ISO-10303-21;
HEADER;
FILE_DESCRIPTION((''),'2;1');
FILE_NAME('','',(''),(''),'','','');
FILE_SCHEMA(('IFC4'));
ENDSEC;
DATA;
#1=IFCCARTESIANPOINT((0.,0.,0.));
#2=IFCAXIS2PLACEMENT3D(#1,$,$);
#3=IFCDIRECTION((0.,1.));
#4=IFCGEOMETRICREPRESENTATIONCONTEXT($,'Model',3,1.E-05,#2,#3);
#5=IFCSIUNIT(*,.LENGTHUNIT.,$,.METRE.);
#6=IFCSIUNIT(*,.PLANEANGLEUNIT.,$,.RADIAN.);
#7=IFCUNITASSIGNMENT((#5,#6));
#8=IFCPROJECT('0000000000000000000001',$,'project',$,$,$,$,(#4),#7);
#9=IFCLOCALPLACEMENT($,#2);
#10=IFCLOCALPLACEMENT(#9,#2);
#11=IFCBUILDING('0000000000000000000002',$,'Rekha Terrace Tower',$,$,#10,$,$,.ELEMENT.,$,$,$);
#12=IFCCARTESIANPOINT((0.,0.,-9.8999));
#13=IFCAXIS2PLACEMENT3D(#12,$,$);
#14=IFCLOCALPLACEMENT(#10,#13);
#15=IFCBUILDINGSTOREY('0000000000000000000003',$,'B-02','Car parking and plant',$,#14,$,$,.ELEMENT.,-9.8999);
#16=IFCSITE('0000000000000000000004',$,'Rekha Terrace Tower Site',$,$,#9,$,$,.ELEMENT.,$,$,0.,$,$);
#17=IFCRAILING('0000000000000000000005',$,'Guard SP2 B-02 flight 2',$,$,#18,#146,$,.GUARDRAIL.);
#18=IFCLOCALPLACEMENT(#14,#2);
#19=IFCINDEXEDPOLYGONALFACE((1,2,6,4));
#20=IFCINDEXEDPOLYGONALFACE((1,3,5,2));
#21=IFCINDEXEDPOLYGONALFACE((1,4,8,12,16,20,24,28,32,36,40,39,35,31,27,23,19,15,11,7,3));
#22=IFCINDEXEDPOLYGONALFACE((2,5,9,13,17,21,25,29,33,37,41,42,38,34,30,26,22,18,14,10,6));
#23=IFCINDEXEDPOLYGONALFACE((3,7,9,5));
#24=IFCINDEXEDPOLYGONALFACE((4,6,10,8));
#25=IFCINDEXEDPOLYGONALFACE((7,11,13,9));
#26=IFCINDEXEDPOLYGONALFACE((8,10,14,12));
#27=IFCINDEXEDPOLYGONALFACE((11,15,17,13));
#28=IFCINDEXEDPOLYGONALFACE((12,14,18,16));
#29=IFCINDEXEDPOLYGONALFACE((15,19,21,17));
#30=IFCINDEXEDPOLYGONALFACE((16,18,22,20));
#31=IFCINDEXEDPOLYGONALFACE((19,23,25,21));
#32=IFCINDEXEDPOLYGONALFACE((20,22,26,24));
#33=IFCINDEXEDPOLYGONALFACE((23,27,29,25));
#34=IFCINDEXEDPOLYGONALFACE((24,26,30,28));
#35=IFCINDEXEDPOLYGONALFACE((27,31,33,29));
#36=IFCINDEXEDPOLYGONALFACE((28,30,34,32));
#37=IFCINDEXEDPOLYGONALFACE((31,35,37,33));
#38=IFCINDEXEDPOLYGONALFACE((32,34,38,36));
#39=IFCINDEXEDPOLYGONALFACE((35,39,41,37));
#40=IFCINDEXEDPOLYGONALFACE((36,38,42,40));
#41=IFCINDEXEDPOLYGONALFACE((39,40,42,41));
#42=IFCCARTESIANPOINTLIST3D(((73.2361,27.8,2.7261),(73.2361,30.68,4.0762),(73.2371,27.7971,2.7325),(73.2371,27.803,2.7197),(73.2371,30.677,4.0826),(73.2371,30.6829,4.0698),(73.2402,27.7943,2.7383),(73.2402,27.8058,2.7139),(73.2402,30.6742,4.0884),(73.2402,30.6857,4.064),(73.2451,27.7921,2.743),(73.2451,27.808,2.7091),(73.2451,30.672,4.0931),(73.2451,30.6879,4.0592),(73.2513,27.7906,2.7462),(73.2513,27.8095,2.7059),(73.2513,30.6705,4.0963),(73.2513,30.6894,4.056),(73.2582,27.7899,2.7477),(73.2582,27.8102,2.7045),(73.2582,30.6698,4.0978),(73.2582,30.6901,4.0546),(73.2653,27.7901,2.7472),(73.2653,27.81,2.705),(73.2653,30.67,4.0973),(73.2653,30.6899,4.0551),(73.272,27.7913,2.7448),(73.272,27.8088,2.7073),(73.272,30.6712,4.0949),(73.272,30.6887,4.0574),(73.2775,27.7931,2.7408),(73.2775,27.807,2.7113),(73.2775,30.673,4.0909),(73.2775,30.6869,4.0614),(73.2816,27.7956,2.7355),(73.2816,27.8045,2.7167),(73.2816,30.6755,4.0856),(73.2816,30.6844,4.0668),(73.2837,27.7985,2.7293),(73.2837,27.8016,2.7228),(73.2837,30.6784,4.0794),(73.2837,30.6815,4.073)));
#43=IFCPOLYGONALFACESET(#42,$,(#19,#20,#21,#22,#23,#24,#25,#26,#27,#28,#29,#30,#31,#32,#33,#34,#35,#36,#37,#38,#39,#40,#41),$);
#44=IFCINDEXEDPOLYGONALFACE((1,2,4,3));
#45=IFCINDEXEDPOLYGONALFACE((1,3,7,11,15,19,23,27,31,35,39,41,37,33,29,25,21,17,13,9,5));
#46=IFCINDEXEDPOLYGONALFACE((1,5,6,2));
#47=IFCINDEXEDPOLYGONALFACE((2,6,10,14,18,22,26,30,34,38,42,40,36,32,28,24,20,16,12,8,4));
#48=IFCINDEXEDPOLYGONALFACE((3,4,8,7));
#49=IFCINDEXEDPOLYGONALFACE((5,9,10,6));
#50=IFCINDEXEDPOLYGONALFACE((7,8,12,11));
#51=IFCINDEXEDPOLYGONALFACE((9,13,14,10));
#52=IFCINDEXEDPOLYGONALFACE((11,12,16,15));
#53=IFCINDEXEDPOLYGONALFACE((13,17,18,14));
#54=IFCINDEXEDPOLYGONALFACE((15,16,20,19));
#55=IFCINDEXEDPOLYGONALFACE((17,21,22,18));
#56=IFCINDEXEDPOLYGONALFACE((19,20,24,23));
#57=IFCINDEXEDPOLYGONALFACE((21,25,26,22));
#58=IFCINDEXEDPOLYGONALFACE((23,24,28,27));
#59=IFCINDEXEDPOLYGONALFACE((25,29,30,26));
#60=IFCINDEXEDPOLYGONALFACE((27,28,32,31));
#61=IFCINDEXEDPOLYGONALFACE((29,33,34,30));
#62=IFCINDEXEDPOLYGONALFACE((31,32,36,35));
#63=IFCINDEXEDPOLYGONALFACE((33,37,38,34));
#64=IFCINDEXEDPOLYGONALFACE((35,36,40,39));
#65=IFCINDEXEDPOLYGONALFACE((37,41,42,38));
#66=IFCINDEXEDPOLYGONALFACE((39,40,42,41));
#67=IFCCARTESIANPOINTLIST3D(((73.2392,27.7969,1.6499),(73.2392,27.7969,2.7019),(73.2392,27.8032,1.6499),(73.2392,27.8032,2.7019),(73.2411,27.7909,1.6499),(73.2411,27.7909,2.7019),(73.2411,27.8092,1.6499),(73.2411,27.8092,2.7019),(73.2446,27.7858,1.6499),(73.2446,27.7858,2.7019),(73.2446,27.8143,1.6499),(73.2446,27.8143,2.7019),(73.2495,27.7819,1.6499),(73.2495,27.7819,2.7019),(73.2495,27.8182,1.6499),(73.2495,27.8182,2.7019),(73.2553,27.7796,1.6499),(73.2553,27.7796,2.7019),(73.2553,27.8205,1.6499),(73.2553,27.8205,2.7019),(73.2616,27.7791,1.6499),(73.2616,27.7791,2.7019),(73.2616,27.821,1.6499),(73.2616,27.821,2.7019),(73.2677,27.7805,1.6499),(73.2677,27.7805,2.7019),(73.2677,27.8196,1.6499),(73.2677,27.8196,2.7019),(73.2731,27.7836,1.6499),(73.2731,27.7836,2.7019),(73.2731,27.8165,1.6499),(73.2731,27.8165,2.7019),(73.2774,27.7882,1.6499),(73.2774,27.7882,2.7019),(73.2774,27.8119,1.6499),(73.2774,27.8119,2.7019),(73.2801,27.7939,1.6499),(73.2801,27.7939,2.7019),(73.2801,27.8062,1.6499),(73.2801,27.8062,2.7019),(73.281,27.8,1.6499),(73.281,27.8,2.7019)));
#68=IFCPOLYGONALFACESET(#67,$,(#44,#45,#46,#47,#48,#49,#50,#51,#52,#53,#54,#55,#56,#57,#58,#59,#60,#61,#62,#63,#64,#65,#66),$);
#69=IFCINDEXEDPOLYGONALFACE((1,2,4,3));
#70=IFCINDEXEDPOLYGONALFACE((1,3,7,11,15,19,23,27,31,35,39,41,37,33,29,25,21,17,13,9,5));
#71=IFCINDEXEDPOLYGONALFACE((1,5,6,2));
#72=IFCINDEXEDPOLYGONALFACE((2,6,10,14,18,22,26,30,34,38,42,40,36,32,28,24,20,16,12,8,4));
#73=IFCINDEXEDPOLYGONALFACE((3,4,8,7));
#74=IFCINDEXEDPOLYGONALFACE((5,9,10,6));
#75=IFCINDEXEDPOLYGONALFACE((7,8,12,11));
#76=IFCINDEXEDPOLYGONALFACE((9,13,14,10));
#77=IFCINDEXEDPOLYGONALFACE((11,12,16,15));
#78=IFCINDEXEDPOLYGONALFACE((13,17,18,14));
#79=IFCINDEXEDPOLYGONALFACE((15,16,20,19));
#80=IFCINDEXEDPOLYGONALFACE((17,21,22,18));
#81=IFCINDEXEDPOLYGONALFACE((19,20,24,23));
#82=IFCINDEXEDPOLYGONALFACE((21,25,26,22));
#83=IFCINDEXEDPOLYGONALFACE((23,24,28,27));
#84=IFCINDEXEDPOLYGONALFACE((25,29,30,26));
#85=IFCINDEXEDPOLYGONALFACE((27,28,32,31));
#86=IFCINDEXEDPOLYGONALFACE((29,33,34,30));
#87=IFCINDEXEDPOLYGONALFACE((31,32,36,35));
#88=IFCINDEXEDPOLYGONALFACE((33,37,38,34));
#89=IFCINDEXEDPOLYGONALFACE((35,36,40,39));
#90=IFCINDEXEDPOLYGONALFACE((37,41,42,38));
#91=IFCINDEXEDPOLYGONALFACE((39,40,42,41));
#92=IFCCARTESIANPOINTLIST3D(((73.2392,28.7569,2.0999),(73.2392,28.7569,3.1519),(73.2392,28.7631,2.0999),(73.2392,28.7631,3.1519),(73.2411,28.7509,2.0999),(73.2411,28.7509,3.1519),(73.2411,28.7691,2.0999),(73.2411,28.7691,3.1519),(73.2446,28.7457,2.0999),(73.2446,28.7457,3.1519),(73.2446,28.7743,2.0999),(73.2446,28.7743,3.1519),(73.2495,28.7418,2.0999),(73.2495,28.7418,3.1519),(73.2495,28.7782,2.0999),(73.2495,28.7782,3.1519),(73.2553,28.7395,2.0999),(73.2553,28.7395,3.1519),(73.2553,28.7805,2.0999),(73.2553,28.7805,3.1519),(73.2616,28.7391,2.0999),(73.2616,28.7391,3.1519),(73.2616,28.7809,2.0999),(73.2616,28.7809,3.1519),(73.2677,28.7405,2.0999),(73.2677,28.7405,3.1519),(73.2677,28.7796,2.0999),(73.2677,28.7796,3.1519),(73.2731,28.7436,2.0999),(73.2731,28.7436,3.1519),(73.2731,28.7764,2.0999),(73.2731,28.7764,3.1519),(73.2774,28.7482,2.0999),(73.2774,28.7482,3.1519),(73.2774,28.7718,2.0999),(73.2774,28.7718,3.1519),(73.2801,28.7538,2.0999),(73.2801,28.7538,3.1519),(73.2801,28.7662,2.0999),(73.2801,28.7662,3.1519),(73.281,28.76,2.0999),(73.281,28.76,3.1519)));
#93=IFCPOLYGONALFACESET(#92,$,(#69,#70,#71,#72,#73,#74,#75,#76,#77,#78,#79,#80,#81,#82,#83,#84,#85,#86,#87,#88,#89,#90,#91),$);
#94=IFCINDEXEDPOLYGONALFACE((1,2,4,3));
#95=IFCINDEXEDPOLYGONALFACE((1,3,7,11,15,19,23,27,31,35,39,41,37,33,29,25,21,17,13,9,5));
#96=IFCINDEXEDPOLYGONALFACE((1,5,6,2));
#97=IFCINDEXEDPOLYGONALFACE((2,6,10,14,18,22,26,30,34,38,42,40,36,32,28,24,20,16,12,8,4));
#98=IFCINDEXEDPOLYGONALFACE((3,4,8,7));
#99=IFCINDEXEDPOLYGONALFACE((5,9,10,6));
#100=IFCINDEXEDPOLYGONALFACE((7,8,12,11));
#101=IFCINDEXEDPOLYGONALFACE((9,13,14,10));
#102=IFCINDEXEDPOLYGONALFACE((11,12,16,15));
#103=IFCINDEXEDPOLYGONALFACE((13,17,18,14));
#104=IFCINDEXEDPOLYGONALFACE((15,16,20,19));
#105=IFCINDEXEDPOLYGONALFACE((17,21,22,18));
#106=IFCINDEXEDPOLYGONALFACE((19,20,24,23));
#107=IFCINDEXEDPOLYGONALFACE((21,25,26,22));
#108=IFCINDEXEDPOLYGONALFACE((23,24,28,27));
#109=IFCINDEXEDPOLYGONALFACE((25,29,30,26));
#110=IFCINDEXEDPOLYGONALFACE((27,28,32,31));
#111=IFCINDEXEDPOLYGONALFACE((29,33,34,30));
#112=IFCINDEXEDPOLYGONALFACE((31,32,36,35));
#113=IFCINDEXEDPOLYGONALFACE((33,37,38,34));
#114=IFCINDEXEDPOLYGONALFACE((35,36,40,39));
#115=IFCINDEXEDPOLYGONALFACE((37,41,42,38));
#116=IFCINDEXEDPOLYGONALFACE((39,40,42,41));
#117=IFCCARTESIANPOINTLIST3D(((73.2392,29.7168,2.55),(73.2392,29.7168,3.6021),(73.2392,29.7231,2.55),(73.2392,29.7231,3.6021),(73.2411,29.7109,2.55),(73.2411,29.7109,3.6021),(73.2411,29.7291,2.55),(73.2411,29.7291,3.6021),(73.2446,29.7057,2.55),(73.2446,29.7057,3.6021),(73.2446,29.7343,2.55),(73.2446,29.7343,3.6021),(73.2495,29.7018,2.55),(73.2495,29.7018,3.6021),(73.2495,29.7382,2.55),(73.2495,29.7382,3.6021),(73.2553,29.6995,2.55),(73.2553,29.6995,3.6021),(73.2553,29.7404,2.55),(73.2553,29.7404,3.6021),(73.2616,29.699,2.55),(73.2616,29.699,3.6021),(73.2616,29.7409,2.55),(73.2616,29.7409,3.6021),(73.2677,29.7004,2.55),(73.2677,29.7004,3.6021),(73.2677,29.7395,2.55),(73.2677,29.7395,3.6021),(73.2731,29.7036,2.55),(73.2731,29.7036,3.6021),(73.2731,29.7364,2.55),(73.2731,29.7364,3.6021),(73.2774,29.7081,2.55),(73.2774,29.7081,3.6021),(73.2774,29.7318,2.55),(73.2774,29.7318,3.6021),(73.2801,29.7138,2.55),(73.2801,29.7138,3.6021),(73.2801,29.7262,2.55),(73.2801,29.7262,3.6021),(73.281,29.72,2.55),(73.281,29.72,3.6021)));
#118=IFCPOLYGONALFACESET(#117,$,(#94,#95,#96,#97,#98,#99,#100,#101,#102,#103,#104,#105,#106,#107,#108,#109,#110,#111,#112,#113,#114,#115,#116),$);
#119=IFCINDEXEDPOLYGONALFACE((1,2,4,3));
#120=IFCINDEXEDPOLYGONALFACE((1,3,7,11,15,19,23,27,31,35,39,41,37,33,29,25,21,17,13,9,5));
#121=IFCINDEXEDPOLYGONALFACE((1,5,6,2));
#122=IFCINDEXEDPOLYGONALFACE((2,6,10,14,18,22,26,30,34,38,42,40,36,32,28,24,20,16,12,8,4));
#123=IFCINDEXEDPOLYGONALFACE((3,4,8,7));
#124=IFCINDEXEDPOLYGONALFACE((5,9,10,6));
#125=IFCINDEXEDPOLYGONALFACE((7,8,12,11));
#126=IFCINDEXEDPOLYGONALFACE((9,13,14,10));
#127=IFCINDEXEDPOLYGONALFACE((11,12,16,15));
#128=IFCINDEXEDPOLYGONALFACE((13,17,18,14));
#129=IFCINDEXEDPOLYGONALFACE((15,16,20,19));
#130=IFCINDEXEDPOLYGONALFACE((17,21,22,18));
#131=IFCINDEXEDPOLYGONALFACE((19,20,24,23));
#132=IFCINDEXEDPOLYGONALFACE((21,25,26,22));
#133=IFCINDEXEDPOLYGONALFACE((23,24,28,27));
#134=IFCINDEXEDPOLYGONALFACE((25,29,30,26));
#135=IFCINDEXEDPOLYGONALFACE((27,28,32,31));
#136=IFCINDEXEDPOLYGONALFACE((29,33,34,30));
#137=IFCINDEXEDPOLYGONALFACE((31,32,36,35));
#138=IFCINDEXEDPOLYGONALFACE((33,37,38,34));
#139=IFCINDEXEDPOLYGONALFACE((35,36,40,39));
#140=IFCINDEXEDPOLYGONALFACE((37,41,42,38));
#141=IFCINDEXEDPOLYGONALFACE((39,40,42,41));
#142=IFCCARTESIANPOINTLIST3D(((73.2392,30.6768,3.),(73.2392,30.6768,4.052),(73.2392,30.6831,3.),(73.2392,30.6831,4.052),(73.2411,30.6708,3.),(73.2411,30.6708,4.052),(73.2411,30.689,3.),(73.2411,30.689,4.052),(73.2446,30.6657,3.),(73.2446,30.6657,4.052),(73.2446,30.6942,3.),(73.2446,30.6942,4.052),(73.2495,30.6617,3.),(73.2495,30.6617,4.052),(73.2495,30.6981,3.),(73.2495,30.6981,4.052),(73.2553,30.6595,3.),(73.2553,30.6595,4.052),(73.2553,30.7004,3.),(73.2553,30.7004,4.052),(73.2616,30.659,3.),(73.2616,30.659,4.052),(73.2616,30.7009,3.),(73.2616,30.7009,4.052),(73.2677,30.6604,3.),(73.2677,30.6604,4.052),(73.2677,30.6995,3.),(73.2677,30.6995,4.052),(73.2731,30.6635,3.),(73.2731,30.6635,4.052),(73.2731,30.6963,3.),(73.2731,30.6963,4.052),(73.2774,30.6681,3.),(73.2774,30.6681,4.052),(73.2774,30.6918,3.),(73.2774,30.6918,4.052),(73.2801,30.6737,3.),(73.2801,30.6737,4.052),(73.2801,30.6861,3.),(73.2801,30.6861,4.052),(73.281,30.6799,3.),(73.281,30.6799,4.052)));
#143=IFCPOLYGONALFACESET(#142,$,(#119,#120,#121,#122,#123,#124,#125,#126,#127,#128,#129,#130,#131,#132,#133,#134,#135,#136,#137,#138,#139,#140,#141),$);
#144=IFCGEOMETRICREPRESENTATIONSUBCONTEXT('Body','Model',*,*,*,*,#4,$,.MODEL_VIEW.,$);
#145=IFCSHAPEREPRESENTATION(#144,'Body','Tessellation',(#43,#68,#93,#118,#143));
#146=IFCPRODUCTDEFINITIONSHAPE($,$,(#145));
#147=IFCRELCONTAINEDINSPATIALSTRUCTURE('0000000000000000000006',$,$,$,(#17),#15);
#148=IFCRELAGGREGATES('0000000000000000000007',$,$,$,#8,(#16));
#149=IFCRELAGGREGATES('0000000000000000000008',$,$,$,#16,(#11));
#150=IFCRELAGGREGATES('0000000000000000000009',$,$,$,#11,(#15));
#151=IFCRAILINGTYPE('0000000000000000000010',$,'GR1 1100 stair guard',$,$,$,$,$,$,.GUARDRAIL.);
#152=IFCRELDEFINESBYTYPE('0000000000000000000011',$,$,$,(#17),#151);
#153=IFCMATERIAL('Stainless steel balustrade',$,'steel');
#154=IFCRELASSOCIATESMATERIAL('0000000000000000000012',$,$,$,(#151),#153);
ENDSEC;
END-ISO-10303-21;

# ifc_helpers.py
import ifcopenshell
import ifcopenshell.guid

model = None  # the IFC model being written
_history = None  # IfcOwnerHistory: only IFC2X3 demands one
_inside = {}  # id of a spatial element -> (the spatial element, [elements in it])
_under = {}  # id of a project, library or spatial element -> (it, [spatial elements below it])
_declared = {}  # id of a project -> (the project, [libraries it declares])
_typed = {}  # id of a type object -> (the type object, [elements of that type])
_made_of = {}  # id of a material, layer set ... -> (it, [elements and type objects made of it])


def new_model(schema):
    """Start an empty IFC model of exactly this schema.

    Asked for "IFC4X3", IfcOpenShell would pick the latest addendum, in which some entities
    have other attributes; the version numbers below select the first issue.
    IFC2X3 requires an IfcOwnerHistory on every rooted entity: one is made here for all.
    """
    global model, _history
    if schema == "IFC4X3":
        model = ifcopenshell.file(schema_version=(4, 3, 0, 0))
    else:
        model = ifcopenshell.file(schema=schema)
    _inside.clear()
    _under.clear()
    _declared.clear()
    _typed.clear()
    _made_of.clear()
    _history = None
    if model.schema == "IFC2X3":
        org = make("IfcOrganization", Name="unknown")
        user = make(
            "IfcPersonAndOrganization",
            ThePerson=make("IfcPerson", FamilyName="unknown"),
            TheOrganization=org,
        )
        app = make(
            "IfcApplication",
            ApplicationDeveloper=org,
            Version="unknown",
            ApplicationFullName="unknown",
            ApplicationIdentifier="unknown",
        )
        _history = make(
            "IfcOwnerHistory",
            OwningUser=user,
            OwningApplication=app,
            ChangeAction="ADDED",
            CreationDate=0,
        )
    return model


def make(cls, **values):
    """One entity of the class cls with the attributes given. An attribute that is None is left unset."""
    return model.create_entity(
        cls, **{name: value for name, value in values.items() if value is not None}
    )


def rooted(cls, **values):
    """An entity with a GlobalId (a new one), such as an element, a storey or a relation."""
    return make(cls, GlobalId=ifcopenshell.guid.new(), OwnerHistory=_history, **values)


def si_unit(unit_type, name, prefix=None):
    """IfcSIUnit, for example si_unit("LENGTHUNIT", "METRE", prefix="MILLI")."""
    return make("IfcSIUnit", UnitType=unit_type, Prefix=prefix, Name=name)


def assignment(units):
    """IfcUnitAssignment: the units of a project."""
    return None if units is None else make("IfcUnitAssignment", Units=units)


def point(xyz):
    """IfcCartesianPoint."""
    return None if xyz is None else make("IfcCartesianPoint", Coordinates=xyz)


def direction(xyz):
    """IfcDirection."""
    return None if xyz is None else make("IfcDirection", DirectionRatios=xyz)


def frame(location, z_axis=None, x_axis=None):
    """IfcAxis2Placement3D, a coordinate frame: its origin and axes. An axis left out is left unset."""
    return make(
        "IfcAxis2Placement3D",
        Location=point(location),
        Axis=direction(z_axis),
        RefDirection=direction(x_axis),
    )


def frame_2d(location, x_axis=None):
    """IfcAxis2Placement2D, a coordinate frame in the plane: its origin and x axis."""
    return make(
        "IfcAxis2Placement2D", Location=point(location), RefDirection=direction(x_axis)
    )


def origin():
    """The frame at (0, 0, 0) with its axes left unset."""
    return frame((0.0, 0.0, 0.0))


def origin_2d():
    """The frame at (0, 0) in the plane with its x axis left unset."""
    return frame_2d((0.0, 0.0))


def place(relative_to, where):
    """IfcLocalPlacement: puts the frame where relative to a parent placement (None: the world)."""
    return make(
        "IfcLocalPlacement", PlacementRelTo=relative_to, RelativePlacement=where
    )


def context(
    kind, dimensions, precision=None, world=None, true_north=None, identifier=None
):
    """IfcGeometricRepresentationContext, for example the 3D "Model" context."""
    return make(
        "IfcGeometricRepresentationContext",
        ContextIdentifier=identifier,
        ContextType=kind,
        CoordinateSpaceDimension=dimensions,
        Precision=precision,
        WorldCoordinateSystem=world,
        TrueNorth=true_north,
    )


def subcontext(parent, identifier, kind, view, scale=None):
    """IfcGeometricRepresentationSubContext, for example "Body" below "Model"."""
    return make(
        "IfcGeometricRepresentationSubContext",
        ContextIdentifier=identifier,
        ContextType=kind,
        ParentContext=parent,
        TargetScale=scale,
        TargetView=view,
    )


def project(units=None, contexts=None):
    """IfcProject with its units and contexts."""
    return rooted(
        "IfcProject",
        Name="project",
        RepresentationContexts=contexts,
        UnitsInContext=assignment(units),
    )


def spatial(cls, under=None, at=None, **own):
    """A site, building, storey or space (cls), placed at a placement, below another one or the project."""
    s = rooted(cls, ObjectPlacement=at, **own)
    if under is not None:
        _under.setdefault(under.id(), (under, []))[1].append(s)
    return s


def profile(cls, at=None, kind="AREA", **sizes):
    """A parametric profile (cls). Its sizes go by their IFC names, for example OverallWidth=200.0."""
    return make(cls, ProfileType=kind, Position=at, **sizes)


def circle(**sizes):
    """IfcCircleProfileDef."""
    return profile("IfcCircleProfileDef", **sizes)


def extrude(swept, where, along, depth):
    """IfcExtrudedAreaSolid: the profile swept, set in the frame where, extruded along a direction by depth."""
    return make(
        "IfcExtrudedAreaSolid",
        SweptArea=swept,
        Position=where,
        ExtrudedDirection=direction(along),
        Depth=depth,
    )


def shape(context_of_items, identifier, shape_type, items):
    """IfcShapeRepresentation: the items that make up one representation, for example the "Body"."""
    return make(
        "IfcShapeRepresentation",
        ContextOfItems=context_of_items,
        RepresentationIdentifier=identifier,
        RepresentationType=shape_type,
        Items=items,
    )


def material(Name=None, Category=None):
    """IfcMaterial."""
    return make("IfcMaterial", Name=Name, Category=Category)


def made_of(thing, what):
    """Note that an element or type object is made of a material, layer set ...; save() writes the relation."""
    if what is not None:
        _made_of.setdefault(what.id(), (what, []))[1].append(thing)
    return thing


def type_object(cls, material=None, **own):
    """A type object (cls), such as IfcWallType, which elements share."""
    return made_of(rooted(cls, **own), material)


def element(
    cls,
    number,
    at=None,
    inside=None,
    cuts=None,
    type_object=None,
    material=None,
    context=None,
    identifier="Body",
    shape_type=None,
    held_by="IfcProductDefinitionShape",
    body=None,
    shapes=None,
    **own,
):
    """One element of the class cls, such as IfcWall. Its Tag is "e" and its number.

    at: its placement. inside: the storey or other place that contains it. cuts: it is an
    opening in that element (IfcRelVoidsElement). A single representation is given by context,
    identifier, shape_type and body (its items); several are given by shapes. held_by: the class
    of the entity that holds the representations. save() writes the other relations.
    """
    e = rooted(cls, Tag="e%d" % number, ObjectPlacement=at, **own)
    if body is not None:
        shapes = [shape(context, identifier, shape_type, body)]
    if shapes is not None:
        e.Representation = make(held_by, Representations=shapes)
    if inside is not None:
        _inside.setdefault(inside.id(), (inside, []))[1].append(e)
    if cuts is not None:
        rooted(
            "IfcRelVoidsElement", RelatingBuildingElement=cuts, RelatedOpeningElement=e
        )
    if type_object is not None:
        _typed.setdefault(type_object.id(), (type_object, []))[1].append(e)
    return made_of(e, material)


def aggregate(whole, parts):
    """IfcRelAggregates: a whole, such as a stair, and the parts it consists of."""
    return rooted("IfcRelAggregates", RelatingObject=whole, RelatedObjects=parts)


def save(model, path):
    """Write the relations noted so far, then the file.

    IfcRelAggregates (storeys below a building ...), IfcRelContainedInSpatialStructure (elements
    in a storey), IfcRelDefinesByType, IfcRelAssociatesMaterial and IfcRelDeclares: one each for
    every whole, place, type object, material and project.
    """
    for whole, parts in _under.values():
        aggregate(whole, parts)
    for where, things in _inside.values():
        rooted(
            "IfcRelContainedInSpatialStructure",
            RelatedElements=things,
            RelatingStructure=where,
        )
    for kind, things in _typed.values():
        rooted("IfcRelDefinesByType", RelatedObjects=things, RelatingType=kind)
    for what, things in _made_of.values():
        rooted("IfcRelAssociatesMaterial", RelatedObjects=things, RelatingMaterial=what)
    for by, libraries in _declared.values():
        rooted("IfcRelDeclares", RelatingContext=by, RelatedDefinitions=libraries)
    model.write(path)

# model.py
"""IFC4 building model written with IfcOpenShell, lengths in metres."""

from ifc_helpers import new_model, si_unit, direction, frame, origin, origin_2d, place, context, subcontext, project, spatial, circle, extrude, material, type_object, element, save


model = new_model("IFC4")

# Units and contexts
model_context = context("Model", 3, precision=1e-05, world=origin(), true_north=direction((0.0, 1.0)))
body_context = subcontext(model_context, "Body", "Model", "MODEL_VIEW")
ifc_project = project(units=[si_unit("LENGTHUNIT", "METRE"), si_unit("PLANEANGLEUNIT", "RADIAN")], contexts=[model_context])

# Site, building, storey
site_placement = place(None, origin())
site = spatial("IfcSite", under=ifc_project, at=site_placement, Name="Rekha Terrace Tower Site", CompositionType="ELEMENT", RefElevation=0.0)
building_placement = place(site_placement, origin())
building = spatial("IfcBuilding", under=site, at=building_placement, Name="Rekha Terrace Tower", CompositionType="ELEMENT")
storey_placement = place(building_placement, frame((0.0, 0.0, -9.8999)))
storey = spatial("IfcBuildingStorey", under=building, at=storey_placement, Name="B-02", Description="Car parking and plant", CompositionType="ELEMENT", Elevation=-9.8999)

# Railing
ifc_material_1 = material(Name="Stainless steel balustrade", Category="steel")
railing_type_1 = type_object("IfcRailingType", Name="GR1 1100 stair guard", PredefinedType="GUARDRAIL", material=ifc_material_1)
railing_1_placement = place(storey_placement, frame((73.26, 27.8, 1.6499)))
element("IfcRailing", 1, at=railing_1_placement, inside=storey, type_object=railing_type_1, Name="Guard SP2 B-02 flight 2", PredefinedType="GUARDRAIL", context=body_context, shape_type="SweptSolid", body=[
    extrude(circle(Radius=0.0239, at=origin_2d()), frame((0.0, 0.0, 1.0762), z_axis=(0.0, 0.90544, 0.424473), x_axis=(-1.0, 0.0, 0.0)), (0.0, 0.0, 1.0), 3.1807),
    extrude(circle(Radius=0.021, at=origin_2d()), origin(), (0.0, 0.0, 1.0), 1.052),
    extrude(circle(Radius=0.021, at=origin_2d()), frame((0.0, 0.96, 0.45)), (0.0, 0.0, 1.0), 1.052),
    extrude(circle(Radius=0.021, at=origin_2d()), frame((0.0, 1.9199, 0.9001)), (0.0, 0.0, 1.0), 1.052),
    extrude(circle(Radius=0.021, at=origin_2d()), frame((0.0, 2.8799, 1.3501)), (0.0, 0.0, 1.0), 1.052),
])

save(model, "model.ifc")
